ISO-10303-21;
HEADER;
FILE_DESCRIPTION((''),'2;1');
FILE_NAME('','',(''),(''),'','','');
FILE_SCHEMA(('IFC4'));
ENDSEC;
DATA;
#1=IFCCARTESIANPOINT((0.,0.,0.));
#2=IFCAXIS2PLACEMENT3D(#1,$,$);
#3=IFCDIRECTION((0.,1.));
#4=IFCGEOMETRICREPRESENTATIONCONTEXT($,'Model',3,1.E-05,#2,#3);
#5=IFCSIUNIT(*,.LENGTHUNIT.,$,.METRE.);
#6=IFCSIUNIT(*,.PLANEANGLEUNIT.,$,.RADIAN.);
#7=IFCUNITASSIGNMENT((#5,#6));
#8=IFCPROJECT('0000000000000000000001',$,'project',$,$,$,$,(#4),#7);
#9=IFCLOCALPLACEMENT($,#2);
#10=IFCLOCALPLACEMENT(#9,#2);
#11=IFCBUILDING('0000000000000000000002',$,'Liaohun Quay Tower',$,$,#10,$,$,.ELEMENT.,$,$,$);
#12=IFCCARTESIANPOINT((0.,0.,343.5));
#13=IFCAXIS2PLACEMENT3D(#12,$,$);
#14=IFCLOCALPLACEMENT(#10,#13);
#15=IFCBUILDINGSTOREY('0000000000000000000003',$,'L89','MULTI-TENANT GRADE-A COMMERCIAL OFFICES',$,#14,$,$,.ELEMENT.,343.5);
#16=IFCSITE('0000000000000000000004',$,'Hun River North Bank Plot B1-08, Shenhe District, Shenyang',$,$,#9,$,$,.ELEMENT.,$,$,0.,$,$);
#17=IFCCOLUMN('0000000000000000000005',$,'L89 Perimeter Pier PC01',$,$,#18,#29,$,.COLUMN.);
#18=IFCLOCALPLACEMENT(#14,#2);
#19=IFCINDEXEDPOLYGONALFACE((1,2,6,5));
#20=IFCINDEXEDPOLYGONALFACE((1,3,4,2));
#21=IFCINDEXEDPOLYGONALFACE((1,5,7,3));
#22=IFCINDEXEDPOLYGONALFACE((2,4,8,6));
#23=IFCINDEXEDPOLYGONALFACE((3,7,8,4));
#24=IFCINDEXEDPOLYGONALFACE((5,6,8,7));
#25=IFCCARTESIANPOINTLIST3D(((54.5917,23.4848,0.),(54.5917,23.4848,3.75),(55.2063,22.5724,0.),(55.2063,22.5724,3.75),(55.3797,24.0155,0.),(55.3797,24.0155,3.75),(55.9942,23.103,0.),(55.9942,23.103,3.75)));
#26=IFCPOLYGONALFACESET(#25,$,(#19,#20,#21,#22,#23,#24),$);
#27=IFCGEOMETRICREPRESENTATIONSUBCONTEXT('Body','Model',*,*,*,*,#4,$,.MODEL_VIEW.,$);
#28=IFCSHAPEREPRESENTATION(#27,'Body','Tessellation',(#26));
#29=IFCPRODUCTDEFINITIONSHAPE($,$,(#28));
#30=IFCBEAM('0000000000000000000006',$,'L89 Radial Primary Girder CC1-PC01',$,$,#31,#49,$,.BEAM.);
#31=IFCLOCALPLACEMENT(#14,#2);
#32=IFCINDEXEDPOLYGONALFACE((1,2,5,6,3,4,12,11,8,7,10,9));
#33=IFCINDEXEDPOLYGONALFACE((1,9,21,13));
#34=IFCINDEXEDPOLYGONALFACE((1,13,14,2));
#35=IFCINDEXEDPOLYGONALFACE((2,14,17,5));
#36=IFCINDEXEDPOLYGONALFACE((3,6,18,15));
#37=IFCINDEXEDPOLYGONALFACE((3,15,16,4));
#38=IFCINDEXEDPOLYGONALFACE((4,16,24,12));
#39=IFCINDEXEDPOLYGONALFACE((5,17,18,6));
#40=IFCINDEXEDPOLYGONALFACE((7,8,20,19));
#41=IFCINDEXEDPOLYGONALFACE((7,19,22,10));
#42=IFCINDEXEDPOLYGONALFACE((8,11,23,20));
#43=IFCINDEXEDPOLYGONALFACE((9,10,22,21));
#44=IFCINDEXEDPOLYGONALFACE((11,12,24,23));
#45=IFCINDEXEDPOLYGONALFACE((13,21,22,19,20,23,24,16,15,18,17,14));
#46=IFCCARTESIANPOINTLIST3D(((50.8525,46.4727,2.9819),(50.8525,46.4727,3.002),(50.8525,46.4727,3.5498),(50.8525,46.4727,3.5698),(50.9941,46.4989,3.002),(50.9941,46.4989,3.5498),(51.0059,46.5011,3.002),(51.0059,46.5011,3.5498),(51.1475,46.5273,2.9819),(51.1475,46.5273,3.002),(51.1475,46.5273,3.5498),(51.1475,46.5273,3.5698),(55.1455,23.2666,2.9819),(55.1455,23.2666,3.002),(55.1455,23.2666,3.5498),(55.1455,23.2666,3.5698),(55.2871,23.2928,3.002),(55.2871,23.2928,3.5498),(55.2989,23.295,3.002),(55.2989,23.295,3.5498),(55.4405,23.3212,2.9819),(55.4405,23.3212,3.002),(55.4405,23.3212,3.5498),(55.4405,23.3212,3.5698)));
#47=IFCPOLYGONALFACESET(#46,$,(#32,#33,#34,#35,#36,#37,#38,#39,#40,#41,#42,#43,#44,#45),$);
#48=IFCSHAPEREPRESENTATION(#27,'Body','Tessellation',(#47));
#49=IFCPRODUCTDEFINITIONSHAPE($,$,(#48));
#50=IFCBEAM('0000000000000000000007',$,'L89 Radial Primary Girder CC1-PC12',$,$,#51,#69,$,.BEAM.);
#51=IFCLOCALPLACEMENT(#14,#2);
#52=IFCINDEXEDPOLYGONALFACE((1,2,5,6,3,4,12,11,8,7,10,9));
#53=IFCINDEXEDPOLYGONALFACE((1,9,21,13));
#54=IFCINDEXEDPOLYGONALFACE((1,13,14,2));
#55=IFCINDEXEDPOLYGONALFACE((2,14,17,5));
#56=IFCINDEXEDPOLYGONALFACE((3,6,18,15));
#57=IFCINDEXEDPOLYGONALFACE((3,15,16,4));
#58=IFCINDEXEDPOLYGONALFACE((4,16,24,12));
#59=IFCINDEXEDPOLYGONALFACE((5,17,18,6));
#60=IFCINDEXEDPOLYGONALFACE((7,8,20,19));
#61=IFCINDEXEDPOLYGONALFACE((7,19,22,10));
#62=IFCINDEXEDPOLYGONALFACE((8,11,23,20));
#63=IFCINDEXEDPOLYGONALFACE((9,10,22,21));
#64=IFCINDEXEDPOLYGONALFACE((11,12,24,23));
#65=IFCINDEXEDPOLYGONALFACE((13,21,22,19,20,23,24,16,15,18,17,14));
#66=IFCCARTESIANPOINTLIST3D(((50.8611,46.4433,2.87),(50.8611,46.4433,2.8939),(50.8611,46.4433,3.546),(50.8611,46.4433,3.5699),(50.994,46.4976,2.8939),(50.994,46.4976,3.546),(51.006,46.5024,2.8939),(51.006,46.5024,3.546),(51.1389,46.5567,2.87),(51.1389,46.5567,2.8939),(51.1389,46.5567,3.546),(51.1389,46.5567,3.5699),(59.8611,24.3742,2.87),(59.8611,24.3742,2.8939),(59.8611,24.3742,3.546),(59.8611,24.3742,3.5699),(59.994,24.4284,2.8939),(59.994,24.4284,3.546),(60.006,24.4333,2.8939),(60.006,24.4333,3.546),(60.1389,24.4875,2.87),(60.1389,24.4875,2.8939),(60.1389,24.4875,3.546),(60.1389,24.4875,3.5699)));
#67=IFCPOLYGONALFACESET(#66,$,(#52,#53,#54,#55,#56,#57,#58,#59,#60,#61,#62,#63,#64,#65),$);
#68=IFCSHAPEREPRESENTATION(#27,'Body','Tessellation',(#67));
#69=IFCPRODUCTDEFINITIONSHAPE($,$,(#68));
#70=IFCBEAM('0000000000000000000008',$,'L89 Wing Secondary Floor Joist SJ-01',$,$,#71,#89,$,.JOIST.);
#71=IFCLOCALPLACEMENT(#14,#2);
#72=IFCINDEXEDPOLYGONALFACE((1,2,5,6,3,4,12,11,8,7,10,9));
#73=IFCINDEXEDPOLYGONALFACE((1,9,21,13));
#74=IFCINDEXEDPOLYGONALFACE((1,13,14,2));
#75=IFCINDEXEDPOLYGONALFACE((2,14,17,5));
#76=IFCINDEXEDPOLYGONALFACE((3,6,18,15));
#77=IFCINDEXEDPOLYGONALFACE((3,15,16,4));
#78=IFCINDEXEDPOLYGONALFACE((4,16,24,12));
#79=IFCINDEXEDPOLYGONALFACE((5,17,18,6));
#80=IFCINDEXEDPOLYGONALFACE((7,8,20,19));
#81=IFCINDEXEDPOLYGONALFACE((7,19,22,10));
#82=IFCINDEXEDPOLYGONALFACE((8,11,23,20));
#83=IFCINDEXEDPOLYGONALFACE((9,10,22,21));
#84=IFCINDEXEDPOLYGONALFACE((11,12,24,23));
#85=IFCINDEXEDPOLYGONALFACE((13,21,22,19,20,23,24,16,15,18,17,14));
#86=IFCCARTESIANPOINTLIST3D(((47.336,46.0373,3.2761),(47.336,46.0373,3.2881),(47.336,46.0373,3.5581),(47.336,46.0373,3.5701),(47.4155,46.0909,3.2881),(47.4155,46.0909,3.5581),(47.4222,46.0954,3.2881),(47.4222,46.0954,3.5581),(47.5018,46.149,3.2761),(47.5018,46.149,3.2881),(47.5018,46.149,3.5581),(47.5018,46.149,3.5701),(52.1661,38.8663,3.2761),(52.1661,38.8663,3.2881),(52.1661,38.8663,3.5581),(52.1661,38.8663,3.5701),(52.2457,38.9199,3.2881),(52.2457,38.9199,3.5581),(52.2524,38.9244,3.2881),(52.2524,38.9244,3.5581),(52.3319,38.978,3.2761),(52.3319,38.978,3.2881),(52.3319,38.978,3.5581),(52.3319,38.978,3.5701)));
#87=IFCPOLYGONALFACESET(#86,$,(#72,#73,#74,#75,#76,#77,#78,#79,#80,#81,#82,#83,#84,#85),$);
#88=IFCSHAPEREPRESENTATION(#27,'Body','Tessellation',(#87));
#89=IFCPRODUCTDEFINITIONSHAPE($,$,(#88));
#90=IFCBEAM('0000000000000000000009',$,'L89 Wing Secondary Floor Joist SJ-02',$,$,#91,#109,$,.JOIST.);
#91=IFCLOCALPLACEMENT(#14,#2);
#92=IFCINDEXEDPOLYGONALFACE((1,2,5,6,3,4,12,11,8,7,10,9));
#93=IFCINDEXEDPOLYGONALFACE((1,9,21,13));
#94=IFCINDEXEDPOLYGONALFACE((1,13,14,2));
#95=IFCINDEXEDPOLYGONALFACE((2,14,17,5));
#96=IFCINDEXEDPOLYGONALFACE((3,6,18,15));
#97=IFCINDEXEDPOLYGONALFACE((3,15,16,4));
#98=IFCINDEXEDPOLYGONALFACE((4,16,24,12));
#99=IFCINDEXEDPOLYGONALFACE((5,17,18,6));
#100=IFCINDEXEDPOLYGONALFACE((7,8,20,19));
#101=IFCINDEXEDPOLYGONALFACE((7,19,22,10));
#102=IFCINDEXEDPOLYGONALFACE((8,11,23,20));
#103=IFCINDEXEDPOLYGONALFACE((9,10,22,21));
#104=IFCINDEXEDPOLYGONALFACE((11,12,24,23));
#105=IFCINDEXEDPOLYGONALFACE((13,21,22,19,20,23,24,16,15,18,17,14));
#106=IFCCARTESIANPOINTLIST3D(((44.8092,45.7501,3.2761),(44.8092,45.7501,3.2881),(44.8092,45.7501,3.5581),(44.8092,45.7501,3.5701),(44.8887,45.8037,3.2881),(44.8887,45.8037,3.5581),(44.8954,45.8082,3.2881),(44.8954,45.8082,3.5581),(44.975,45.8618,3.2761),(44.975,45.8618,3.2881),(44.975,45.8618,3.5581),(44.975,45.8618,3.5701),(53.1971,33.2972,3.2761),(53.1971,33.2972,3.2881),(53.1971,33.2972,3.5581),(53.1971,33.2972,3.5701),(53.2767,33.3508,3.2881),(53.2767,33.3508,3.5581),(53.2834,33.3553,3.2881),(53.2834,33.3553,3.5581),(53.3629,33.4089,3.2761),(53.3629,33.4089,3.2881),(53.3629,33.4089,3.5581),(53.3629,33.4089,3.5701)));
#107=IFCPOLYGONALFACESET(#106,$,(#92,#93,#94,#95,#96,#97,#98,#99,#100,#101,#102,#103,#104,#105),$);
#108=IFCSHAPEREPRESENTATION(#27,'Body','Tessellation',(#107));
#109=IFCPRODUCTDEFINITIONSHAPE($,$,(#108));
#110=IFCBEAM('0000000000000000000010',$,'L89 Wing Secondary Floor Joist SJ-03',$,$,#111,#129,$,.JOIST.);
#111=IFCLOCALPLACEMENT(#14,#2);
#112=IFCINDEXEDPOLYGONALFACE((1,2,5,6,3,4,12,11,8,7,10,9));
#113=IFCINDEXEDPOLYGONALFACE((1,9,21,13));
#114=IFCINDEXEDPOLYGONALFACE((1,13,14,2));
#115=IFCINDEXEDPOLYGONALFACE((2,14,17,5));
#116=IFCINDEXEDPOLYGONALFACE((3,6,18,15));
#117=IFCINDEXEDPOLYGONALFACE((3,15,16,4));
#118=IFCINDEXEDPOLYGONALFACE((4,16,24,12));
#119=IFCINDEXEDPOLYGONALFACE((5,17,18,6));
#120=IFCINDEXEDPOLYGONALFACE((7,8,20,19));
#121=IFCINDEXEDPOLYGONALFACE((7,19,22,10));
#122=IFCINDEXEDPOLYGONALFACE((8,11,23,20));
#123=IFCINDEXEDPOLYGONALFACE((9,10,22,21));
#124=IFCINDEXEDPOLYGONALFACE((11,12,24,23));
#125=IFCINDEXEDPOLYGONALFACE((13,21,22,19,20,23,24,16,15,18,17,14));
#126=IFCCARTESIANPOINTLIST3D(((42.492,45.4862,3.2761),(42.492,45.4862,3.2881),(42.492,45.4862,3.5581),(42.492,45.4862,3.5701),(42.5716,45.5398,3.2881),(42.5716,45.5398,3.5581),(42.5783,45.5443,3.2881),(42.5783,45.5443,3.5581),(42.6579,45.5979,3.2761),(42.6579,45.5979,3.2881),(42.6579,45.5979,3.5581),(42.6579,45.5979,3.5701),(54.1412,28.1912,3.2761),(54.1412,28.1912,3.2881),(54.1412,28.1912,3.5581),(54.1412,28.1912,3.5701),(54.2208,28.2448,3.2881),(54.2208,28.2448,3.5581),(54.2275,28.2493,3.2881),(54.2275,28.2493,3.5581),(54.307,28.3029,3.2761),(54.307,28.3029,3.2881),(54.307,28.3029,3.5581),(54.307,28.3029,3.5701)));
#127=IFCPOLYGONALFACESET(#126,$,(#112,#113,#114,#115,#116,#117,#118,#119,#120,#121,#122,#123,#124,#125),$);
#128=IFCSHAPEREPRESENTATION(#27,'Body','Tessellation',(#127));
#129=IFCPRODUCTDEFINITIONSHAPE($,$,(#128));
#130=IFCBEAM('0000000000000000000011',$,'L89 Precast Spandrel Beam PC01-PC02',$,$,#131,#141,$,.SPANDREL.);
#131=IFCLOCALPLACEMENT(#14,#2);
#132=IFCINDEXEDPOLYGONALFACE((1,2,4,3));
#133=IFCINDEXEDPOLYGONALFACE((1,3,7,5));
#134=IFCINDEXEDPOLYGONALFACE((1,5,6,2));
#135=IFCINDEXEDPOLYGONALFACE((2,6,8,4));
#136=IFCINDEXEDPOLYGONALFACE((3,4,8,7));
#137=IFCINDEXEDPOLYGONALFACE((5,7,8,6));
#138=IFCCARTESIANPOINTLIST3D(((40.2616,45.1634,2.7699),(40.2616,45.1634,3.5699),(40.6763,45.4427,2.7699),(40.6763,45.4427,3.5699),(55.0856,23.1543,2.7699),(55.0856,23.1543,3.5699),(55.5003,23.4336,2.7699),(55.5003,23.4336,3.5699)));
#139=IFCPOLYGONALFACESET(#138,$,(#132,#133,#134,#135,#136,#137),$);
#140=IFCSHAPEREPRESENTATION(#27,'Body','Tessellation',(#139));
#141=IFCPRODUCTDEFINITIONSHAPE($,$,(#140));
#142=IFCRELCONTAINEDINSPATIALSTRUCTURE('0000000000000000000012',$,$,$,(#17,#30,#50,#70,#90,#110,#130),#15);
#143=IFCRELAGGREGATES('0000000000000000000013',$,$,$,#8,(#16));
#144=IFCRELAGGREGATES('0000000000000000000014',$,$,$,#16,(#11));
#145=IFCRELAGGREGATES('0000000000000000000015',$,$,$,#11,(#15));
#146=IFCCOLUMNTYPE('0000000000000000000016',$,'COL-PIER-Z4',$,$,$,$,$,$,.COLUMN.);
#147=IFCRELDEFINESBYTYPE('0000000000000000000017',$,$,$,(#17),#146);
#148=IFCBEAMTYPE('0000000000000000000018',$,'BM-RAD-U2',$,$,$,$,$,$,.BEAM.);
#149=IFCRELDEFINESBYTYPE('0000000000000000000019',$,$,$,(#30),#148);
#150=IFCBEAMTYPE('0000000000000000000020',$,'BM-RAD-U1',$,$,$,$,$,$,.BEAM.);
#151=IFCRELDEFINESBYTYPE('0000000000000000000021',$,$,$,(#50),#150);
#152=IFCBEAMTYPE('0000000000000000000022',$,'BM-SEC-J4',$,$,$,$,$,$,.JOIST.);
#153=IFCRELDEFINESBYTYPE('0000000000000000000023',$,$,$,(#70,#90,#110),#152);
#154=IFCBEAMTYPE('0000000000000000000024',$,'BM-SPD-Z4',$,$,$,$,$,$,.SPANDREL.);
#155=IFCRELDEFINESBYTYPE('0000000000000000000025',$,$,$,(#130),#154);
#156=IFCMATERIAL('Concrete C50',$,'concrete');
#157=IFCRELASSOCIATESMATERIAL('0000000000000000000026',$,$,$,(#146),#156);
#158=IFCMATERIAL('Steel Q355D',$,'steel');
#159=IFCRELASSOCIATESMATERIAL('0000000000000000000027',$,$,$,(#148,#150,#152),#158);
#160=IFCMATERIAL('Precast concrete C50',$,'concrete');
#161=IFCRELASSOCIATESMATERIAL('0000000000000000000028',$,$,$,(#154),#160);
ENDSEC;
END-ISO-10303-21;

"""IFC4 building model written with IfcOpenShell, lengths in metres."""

from ifc_helpers import new_model, si_unit, direction, frame, origin, origin_2d, place, context, subcontext, project, spatial, rectangle, i_section, extrude, source, transform, mapped, material, material_profile, profile_set, type_object, element, save


model = new_model("IFC4")

# Units and contexts
model_context = context("Model", 3, precision=1e-05, world=origin(), true_north=direction((0.0, 1.0)))
body_context = subcontext(model_context, "Body", "Model", "MODEL_VIEW")
ifc_project = project(units=[si_unit("LENGTHUNIT", "METRE"), si_unit("PLANEANGLEUNIT", "RADIAN")], contexts=[model_context])

# Site, building, storey
site_placement = place(None, origin())
site = spatial("IfcSite", under=ifc_project, at=site_placement, Name="Hun River North Bank Plot B1-08, Shenhe District, Shenyang", CompositionType="ELEMENT", RefElevation=0.0)
building_placement = place(site_placement, origin())
building = spatial("IfcBuilding", under=site, at=building_placement, Name="Liaohun Quay Tower", CompositionType="ELEMENT")
storey_placement = place(building_placement, frame((0.0, 0.0, 343.5)))
storey = spatial("IfcBuildingStorey", under=building, at=storey_placement, Name="L89", Description="MULTI-TENANT GRADE-A COMMERCIAL OFFICES", CompositionType="ELEMENT", Elevation=343.5)

# Column
ifc_material_1 = material(Name="Concrete C50", Category="concrete")
ifc_material_profile_1 = material_profile(ifc_material_1, rectangle(XDim=1.1001, YDim=0.95, at=origin_2d()), Name="RC1100x950")
ifc_profile_set_1 = profile_set([ifc_material_profile_1], Name="Concrete C50")
column_type = type_object("IfcColumnType", Name="COL-PIER-Z4", PredefinedType="COLUMN", material=ifc_profile_set_1)
shared_shape_1 = source(origin(), body_context, "Body", "SweptSolid", [
    extrude(rectangle(XDim=1.1001, YDim=0.95, at=origin_2d()), origin(), (0.0, 0.0, 1.0), 3.75),
])
column_placement = place(storey_placement, frame((55.293, 23.2939, 0.0), z_axis=(0.0, 0.0, 1.0), x_axis=(-0.558614, 0.829428, 0.0)))
element("IfcColumn", 1, at=column_placement, inside=storey, type_object=column_type, Name="L89 Perimeter Pier PC01", PredefinedType="COLUMN", context=body_context, shape_type="MappedRepresentation", body=[
    mapped(shared_shape_1, transform((0.0, 0.0, 0.0), x_axis=(1.0, 0.0, 0.0), y_axis=(0.0, 1.0, 0.0), z_axis=(0.0, 0.0, 1.0), scale=1.0)),
])

# Beams
ifc_material_2 = material(Name="Steel Q355D", Category="steel")
ifc_material_profile_2 = material_profile(ifc_material_2, i_section(OverallWidth=0.3, OverallDepth=0.5879, WebThickness=0.012, FlangeThickness=0.02, at=origin_2d()), Name="HM588x300x12x20")
ifc_profile_set_2 = profile_set([ifc_material_profile_2], Name="Steel Q355D")
beam_type_1 = type_object("IfcBeamType", Name="BM-RAD-U2", PredefinedType="BEAM", material=ifc_profile_set_2)
shared_shape_2 = source(origin(), body_context, "Body", "SweptSolid", [
    extrude(i_section(OverallWidth=0.3, OverallDepth=0.5879, WebThickness=0.012, FlangeThickness=0.02, at=origin_2d()), origin(), (0.0, 0.0, 1.0), 23.5999),
])
beam_1_placement = place(storey_placement, frame((51.0, 46.5, 3.2759), z_axis=(0.181907, -0.983316, 0.0), x_axis=(0.983316, 0.181907, 0.0)))
element("IfcBeam", 2, at=beam_1_placement, inside=storey, type_object=beam_type_1, Name="L89 Radial Primary Girder CC1-PC01", PredefinedType="BEAM", context=body_context, shape_type="MappedRepresentation", body=[
    mapped(shared_shape_2, transform((0.0, 0.0, 0.0), x_axis=(1.0, 0.0, 0.0), y_axis=(0.0, 1.0, 0.0), z_axis=(0.0, 0.0, 1.0), scale=1.0)),
])
ifc_material_profile_3 = material_profile(ifc_material_2, i_section(OverallWidth=0.3, OverallDepth=0.7, WebThickness=0.0129, FlangeThickness=0.0239, at=origin_2d()), Name="HN700x300x13x24")
ifc_profile_set_3 = profile_set([ifc_material_profile_3], Name="Steel Q355D")
beam_type_2 = type_object("IfcBeamType", Name="BM-RAD-U1", PredefinedType="BEAM", material=ifc_profile_set_3)
shared_shape_3 = source(origin(), body_context, "Body", "SweptSolid", [
    extrude(i_section(OverallWidth=0.3, OverallDepth=0.7, WebThickness=0.0129, FlangeThickness=0.0239, at=origin_2d()), origin(), (0.0, 0.0, 1.0), 23.8337),
])
beam_2_placement = place(storey_placement, frame((51.0, 46.5, 3.22), z_axis=(0.377617, -0.925962, 0.0), x_axis=(0.925962, 0.377617, 0.0)))
element("IfcBeam", 3, at=beam_2_placement, inside=storey, type_object=beam_type_2, Name="L89 Radial Primary Girder CC1-PC12", PredefinedType="BEAM", context=body_context, shape_type="MappedRepresentation", body=[
    mapped(shared_shape_3, transform((0.0, 0.0, 0.0), x_axis=(1.0, 0.0, 0.0), y_axis=(0.0, 1.0, 0.0), z_axis=(0.0, 0.0, 1.0), scale=1.0)),
])
ifc_material_profile_4 = material_profile(ifc_material_2, i_section(OverallWidth=0.2, OverallDepth=0.2939, WebThickness=0.0081, FlangeThickness=0.012, at=origin_2d()), Name="HM294x200x8x12")
ifc_profile_set_4 = profile_set([ifc_material_profile_4], Name="Steel Q355D")
beam_type_3 = type_object("IfcBeamType", Name="BM-SEC-J4", PredefinedType="JOIST", material=ifc_profile_set_4)
shared_shape_4 = source(origin(), body_context, "Body", "SweptSolid", [
    extrude(i_section(OverallWidth=0.2, OverallDepth=0.2939, WebThickness=0.0081, FlangeThickness=0.012, at=origin_2d()), origin(), (0.0, 0.0, 1.0), 8.646),
])
beam_3_placement = place(storey_placement, frame((52.249, 38.9221, 3.4231), z_axis=(-0.558656, 0.8294, 0.0), x_axis=(-0.8294, -0.558656, 0.0)))
element("IfcBeam", 4, at=beam_3_placement, inside=storey, type_object=beam_type_3, Name="L89 Wing Secondary Floor Joist SJ-01", PredefinedType="JOIST", context=body_context, shape_type="MappedRepresentation", body=[
    mapped(shared_shape_4, transform((0.0, 0.0, 0.0), x_axis=(1.0, 0.0, 0.0), y_axis=(0.0, 1.0, 0.0), z_axis=(0.0, 0.0, 1.0), scale=1.0)),
])
shared_shape_5 = source(origin(), body_context, "Body", "SweptSolid", [
    extrude(i_section(OverallWidth=0.2, OverallDepth=0.2939, WebThickness=0.0081, FlangeThickness=0.012, at=origin_2d()), origin(), (0.0, 0.0, 1.0), 15.0144),
])
beam_4_placement = place(storey_placement, frame((53.28, 33.353, 3.4231), z_axis=(-0.55866, 0.829397, 0.0), x_axis=(-0.829397, -0.55866, 0.0)))
element("IfcBeam", 5, at=beam_4_placement, inside=storey, type_object=beam_type_3, Name="L89 Wing Secondary Floor Joist SJ-02", PredefinedType="JOIST", context=body_context, shape_type="MappedRepresentation", body=[
    mapped(shared_shape_5, transform((0.0, 0.0, 0.0), x_axis=(1.0, 0.0, 0.0), y_axis=(0.0, 1.0, 0.0), z_axis=(0.0, 0.0, 1.0), scale=1.0)),
])
shared_shape_6 = source(origin(), body_context, "Body", "SweptSolid", [
    extrude(i_section(OverallWidth=0.2, OverallDepth=0.2939, WebThickness=0.0081, FlangeThickness=0.012, at=origin_2d()), origin(), (0.0, 0.0, 1.0), 20.8523),
])
beam_5_placement = place(storey_placement, frame((54.2241, 28.2471, 3.4231), z_axis=(-0.558652, 0.829402, 0.0), x_axis=(-0.829402, -0.558652, 0.0)))
element("IfcBeam", 6, at=beam_5_placement, inside=storey, type_object=beam_type_3, Name="L89 Wing Secondary Floor Joist SJ-03", PredefinedType="JOIST", context=body_context, shape_type="MappedRepresentation", body=[
    mapped(shared_shape_6, transform((0.0, 0.0, 0.0), x_axis=(1.0, 0.0, 0.0), y_axis=(0.0, 1.0, 0.0), z_axis=(0.0, 0.0, 1.0), scale=1.0)),
])
ifc_material_3 = material(Name="Precast concrete C50", Category="concrete")
ifc_material_profile_5 = material_profile(ifc_material_3, rectangle(XDim=0.5, YDim=0.8, at=origin_2d()), Name="RC500x800")
ifc_profile_set_5 = profile_set([ifc_material_profile_5], Name="Precast concrete C50")
beam_type_4 = type_object("IfcBeamType", Name="BM-SPD-Z4", PredefinedType="SPANDREL", material=ifc_profile_set_5)
shared_shape_7 = source(origin(), body_context, "Body", "SweptSolid", [
    extrude(rectangle(XDim=0.5, YDim=0.8, at=origin_2d()), origin(), (0.0, 0.0, 1.0), 26.5359),
])
beam_6_placement = place(storey_placement, frame((55.293, 23.2939, 3.1699), z_axis=(-0.558641, 0.82941, 0.0), x_axis=(-0.82941, -0.558641, 0.0)))
element("IfcBeam", 7, at=beam_6_placement, inside=storey, type_object=beam_type_4, Name="L89 Precast Spandrel Beam PC01-PC02", PredefinedType="SPANDREL", context=body_context, shape_type="MappedRepresentation", body=[
    mapped(shared_shape_7, transform((0.0, 0.0, 0.0), x_axis=(1.0, 0.0, 0.0), y_axis=(0.0, 1.0, 0.0), z_axis=(0.0, 0.0, 1.0), scale=1.0)),
])

save(model, "model.ifc")
